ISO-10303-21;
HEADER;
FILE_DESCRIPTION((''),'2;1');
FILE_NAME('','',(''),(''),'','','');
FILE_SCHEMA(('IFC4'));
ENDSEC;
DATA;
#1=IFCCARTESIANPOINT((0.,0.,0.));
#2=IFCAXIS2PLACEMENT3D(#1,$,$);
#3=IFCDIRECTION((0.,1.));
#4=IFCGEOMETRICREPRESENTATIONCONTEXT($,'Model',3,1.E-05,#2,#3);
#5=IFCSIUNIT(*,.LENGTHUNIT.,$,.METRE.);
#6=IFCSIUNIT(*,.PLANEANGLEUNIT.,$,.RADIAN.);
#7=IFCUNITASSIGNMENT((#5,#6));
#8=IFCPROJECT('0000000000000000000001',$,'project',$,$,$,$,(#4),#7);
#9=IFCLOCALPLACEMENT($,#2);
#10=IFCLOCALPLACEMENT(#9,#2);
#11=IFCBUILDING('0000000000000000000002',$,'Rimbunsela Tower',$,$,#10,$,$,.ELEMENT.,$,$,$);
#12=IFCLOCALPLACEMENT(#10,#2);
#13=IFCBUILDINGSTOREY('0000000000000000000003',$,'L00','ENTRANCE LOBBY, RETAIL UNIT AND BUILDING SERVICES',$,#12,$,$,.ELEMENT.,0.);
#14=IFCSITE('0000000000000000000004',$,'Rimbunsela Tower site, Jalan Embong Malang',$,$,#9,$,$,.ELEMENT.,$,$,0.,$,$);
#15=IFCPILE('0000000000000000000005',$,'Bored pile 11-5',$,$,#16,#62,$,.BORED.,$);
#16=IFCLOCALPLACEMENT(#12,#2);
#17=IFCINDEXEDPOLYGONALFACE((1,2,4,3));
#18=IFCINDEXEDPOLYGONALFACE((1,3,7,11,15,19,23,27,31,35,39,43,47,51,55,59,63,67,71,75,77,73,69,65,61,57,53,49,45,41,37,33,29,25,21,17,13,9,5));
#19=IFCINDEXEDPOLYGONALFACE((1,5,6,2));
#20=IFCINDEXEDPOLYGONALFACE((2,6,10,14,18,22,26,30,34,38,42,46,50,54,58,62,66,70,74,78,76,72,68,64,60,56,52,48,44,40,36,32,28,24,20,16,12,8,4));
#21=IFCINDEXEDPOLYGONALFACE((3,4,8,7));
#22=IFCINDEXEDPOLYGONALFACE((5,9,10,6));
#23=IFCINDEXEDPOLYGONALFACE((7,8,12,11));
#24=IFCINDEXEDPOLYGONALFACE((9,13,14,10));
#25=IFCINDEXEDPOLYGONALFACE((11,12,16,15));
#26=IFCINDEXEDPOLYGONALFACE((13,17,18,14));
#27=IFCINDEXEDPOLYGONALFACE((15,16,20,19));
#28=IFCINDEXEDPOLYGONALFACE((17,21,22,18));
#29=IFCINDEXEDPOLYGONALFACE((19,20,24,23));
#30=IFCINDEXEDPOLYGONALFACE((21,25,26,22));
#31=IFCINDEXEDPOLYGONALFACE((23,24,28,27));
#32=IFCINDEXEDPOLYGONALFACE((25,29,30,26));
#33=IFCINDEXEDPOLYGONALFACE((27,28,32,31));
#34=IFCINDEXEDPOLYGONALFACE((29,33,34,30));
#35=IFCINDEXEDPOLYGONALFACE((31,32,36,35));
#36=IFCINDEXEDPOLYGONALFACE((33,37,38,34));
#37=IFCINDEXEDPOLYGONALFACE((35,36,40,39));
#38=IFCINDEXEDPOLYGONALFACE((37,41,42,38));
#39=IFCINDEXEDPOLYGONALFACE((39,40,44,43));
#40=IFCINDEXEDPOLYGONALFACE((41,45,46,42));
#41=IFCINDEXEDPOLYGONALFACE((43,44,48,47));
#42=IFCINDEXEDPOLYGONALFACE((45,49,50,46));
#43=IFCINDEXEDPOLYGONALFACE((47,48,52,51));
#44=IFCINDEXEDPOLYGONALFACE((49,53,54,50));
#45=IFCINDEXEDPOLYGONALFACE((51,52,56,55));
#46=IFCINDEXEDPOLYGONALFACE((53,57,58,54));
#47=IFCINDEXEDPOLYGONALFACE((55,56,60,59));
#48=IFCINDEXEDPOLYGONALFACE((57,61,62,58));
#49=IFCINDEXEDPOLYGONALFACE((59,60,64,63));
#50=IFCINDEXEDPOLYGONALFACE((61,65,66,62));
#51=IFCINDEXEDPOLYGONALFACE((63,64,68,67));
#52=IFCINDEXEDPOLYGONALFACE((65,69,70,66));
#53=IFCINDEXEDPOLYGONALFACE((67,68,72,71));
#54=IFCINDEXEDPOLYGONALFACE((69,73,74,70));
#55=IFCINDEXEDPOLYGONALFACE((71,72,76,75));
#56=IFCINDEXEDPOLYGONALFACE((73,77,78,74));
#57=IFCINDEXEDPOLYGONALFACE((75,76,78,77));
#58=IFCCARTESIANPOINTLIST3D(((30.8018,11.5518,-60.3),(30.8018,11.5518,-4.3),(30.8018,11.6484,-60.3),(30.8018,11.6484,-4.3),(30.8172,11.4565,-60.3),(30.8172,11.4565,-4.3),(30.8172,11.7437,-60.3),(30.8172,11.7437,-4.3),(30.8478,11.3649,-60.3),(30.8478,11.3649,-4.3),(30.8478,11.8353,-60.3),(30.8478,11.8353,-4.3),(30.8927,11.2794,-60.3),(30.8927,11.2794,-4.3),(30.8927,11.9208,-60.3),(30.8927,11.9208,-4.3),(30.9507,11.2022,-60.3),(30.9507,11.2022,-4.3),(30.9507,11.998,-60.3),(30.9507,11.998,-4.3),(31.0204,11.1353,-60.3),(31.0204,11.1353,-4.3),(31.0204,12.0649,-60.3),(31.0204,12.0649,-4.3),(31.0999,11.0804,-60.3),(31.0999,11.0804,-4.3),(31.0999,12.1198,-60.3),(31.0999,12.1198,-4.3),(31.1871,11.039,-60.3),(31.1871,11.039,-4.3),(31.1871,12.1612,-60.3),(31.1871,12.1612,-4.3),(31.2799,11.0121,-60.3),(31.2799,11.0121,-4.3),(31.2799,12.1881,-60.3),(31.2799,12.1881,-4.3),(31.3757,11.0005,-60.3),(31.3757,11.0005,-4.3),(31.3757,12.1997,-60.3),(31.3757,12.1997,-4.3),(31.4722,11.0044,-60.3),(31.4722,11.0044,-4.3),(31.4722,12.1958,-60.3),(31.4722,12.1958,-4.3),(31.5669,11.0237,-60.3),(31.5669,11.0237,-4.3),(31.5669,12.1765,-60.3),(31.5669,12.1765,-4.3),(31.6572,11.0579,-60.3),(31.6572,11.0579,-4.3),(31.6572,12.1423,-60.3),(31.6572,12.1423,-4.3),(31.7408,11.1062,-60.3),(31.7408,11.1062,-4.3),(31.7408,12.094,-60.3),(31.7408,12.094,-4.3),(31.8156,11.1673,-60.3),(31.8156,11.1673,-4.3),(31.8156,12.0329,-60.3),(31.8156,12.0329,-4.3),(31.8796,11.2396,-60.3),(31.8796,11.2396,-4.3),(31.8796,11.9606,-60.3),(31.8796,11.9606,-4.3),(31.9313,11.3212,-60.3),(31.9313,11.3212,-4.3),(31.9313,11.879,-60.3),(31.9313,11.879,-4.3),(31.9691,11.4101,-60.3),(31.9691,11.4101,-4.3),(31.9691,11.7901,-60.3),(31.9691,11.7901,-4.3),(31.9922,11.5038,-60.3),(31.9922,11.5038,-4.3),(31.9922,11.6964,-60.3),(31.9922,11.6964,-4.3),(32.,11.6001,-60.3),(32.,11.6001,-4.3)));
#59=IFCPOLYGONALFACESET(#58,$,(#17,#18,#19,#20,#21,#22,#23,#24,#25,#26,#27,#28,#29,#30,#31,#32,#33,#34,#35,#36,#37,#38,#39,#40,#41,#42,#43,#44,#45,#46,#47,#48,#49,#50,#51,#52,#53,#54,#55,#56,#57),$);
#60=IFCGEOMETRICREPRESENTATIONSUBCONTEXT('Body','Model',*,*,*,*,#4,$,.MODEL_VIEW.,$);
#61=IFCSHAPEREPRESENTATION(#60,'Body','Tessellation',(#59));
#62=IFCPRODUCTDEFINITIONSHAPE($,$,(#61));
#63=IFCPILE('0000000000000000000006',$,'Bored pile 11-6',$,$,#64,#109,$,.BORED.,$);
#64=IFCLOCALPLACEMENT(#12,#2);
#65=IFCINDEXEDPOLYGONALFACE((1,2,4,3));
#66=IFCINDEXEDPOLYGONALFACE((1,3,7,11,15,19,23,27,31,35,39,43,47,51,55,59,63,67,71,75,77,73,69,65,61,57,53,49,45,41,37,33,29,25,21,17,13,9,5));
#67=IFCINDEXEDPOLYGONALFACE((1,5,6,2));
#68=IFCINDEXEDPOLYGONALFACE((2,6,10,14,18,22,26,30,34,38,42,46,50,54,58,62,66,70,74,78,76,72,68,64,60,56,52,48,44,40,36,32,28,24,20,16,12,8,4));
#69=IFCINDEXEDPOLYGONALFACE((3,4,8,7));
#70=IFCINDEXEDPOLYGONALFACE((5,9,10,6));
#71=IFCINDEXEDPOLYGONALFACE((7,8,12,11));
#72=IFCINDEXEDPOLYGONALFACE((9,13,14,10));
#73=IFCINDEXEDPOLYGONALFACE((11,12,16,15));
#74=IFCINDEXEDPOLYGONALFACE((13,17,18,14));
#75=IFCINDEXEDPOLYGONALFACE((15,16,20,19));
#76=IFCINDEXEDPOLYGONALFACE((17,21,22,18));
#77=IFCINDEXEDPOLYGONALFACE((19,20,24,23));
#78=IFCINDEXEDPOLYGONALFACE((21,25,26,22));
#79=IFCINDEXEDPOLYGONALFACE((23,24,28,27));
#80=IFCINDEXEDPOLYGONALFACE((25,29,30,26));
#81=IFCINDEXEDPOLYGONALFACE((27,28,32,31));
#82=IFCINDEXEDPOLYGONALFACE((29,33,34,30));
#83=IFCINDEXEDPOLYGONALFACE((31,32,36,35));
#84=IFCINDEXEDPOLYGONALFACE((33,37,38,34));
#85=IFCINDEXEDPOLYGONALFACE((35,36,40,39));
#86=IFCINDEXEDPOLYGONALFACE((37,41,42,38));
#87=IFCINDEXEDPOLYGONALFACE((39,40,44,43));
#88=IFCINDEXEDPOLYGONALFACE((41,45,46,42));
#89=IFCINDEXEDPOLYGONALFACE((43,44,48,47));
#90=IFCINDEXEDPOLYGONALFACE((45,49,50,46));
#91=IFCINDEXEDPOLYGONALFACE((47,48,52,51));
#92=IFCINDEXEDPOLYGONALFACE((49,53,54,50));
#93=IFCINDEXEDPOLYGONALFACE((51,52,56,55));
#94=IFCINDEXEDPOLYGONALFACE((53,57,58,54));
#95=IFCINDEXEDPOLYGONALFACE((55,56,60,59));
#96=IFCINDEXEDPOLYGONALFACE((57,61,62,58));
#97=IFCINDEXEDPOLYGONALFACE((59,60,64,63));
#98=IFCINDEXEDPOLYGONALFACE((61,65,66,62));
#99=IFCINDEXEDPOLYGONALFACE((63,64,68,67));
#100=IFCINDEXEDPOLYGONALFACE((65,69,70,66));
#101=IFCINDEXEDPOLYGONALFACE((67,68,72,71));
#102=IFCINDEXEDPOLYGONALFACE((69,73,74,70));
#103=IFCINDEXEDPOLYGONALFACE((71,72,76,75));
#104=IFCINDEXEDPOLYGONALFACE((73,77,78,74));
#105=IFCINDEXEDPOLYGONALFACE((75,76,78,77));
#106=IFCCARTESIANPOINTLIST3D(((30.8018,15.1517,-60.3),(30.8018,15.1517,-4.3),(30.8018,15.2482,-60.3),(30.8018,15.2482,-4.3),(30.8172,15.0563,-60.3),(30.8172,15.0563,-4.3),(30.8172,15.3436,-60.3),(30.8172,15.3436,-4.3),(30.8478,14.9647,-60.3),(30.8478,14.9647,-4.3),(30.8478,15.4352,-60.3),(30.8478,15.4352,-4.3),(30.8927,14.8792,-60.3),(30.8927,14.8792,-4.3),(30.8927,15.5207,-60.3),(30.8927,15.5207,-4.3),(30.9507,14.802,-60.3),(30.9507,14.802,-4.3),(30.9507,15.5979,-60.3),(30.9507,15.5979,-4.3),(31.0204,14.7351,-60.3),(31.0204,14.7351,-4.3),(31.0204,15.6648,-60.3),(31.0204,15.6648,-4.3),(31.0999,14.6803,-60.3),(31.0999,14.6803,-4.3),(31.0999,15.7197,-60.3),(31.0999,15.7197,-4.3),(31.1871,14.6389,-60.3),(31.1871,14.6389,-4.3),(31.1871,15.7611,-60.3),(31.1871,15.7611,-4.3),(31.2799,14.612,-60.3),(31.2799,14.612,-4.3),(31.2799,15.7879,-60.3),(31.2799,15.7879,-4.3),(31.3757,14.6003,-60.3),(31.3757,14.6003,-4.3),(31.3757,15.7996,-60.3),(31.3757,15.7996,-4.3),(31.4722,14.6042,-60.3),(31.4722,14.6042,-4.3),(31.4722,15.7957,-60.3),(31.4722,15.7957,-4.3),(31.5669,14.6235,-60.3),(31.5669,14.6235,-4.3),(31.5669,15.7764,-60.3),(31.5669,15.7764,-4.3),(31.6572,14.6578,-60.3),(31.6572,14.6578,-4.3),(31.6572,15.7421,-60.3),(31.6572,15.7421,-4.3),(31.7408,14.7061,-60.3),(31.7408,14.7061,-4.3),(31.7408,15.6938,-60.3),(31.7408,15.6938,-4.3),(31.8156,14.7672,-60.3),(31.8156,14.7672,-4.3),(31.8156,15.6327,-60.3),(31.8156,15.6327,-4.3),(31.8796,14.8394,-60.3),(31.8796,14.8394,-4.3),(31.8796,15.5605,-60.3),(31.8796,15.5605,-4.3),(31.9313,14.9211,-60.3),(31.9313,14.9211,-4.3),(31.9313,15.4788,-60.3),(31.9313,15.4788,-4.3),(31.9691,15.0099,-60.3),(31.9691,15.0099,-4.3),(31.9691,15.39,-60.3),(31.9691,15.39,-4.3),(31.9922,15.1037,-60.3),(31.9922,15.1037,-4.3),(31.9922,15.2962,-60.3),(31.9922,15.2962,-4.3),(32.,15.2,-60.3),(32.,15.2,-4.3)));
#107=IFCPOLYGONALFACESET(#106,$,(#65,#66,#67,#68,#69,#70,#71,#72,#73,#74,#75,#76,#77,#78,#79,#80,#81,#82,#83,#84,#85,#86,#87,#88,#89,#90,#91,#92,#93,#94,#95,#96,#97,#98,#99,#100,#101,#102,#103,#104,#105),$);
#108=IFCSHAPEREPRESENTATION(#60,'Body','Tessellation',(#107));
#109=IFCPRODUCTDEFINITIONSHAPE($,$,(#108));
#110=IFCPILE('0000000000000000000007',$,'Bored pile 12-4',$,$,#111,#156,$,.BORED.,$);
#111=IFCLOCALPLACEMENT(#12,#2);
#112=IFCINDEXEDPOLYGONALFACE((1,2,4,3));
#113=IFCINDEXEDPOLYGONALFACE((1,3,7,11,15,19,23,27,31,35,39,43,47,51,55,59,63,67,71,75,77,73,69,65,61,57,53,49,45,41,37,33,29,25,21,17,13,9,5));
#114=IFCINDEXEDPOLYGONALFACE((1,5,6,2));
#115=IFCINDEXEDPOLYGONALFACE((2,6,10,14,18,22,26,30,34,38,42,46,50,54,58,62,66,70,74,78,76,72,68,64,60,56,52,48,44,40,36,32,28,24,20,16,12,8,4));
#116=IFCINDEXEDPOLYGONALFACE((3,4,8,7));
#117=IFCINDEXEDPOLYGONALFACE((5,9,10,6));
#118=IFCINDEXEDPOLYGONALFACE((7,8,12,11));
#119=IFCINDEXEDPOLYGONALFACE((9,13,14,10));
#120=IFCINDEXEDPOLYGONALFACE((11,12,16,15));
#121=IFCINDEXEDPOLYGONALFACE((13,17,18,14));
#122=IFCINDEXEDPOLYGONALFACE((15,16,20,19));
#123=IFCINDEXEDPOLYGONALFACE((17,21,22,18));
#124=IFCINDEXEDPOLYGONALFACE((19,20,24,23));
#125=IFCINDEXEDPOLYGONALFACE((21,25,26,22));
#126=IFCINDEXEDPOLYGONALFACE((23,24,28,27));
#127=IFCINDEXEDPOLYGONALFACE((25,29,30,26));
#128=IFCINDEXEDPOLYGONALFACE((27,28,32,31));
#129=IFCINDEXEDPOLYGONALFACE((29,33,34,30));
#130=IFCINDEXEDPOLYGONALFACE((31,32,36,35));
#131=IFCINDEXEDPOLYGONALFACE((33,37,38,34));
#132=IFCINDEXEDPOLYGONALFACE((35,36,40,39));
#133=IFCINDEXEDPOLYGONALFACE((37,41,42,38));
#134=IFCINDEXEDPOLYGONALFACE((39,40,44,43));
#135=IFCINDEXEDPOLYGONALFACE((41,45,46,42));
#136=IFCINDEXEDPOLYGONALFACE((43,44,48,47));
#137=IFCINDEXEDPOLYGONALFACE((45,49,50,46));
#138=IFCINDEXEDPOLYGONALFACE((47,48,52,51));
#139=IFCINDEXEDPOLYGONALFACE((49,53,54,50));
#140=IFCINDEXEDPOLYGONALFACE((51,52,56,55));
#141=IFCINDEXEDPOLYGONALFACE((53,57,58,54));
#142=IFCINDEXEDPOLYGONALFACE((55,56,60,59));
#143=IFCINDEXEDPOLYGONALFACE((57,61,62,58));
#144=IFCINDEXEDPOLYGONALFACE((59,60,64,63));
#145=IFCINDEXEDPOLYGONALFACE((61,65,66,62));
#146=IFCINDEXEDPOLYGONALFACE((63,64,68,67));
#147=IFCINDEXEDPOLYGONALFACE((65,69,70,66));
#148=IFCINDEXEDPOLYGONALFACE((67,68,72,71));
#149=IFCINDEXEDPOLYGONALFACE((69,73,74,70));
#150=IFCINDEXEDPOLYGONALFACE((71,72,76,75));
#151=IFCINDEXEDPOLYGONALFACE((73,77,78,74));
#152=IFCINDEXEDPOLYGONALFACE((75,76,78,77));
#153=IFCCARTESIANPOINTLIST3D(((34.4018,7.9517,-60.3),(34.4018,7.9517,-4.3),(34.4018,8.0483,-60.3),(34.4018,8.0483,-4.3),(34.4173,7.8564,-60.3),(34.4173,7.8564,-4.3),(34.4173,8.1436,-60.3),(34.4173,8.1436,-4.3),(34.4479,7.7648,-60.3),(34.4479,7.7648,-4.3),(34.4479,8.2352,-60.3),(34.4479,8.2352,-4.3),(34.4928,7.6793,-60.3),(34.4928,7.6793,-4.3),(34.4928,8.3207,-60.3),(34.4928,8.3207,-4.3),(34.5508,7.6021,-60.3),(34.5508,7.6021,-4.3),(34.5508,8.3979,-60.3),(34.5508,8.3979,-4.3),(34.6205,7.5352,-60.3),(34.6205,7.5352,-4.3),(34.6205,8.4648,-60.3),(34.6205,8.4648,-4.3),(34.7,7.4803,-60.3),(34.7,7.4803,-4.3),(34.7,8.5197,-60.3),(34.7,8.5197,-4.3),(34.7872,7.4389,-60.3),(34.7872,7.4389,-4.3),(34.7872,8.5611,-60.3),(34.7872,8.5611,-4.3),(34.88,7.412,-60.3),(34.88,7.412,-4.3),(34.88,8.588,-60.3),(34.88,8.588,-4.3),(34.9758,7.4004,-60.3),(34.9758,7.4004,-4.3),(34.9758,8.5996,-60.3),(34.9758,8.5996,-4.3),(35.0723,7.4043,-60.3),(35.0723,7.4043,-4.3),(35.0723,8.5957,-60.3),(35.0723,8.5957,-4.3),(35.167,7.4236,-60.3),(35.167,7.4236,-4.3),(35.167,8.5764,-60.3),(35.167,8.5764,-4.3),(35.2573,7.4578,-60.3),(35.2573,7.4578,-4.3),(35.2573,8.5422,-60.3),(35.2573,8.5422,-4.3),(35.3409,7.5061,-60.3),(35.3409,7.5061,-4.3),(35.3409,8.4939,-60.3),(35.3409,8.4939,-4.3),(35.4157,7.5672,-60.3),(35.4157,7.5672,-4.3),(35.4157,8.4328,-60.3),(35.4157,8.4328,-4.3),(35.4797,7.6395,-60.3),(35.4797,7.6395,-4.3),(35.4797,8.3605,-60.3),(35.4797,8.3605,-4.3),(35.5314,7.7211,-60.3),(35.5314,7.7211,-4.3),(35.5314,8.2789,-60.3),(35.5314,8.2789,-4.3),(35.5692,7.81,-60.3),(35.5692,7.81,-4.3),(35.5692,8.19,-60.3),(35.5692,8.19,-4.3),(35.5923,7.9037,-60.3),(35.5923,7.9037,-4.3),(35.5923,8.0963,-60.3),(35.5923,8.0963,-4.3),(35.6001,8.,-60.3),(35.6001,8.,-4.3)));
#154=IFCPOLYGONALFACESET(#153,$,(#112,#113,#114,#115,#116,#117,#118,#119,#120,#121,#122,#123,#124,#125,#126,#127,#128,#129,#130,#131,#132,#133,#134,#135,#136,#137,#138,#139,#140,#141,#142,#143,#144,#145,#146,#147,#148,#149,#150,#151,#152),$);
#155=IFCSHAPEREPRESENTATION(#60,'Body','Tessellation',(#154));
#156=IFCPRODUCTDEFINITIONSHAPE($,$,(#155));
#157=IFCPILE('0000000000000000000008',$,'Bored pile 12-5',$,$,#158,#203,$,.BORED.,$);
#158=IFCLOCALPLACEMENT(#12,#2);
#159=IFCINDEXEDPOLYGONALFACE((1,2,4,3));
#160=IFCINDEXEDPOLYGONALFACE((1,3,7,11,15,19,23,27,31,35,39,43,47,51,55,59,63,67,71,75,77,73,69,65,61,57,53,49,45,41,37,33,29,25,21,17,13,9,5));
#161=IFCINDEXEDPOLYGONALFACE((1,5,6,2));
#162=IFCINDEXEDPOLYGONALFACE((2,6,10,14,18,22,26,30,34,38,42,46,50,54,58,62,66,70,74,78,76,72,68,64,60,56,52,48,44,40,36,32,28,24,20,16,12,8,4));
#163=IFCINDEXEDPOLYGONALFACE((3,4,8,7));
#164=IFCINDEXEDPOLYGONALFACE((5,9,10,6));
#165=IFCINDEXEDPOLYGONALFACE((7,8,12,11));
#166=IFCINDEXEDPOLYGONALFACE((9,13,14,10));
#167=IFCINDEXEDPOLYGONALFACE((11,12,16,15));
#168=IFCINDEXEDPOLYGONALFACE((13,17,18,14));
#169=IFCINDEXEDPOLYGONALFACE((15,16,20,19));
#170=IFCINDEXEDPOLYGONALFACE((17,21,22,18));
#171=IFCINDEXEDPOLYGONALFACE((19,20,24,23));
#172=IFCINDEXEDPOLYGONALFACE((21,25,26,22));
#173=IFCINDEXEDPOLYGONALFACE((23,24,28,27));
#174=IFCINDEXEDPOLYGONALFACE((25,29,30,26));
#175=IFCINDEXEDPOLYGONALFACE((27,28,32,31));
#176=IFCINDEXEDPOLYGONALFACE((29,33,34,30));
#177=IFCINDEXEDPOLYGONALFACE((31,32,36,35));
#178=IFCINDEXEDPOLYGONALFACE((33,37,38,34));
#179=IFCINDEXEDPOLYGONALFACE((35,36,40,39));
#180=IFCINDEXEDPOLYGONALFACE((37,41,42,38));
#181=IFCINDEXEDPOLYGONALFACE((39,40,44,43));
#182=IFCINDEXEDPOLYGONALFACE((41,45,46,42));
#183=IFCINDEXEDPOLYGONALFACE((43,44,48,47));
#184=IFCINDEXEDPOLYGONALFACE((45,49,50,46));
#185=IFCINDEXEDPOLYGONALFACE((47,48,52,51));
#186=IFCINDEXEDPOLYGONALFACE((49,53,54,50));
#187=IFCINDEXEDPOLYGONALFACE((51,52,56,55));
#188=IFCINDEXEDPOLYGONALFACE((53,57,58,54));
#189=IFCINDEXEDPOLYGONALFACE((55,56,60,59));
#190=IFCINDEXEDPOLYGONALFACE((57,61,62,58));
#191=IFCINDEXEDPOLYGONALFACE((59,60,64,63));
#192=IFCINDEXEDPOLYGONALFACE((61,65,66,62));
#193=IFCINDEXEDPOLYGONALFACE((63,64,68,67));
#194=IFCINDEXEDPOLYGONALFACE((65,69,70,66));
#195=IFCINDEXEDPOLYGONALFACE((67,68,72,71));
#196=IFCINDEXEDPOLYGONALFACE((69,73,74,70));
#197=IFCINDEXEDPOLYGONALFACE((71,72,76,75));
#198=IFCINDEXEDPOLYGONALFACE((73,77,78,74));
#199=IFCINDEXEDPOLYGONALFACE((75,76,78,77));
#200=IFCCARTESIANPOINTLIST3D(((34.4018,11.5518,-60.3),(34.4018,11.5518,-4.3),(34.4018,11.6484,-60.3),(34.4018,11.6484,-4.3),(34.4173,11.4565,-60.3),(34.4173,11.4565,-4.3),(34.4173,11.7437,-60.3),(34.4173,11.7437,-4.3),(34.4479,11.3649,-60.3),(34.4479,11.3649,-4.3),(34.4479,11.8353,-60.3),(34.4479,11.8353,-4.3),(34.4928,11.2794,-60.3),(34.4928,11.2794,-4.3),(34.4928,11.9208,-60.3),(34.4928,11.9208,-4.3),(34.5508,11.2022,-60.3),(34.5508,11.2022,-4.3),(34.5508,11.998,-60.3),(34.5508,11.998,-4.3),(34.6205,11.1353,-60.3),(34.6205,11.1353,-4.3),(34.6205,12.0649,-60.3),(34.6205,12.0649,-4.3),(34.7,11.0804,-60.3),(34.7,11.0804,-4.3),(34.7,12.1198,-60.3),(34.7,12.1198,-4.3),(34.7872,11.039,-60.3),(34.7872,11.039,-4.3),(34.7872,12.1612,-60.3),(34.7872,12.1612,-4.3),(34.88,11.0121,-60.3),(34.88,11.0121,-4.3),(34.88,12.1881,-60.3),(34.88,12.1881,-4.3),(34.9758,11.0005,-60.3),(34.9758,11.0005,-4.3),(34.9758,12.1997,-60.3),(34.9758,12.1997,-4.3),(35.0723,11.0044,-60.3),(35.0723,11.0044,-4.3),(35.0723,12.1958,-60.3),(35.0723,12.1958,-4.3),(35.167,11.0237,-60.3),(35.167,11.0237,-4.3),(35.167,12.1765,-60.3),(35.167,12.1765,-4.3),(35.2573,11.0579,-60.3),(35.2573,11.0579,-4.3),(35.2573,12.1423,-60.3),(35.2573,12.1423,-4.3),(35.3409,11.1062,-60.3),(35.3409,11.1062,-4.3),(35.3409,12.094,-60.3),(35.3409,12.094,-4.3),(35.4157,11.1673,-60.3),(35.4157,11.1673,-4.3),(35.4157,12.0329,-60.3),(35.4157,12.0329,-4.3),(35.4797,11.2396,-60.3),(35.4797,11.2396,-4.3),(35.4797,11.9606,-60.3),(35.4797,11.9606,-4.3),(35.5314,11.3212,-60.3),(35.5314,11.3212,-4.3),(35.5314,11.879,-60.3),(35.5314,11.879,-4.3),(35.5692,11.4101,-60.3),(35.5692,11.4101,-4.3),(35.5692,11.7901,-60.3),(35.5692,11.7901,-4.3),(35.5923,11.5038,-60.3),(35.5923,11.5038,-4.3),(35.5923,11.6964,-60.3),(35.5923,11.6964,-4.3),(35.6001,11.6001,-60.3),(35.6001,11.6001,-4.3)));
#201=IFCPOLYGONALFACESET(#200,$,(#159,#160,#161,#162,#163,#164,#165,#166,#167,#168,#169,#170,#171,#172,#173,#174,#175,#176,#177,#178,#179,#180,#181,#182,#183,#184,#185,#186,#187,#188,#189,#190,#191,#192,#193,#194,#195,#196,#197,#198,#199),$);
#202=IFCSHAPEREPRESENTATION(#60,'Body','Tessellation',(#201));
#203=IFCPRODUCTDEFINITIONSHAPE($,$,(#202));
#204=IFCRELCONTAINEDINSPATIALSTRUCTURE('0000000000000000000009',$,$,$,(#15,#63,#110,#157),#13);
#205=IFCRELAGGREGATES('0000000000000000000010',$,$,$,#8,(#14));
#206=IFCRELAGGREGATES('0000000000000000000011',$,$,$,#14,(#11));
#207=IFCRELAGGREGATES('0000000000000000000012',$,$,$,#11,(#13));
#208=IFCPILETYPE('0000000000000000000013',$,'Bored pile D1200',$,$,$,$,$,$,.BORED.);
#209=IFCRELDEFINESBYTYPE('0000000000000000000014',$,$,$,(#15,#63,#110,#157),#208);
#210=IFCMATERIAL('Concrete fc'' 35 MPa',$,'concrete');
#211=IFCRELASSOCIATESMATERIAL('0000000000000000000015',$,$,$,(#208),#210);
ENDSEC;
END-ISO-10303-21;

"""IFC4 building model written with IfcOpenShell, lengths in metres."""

from ifc_helpers import new_model, si_unit, direction, frame, origin, origin_2d, place, context, subcontext, project, spatial, circle, extrude, material, material_profile, profile_set, type_object, element, save


model = new_model("IFC4")

# Units and contexts
model_context = context("Model", 3, precision=1e-05, world=origin(), true_north=direction((0.0, 1.0)))
body_context = subcontext(model_context, "Body", "Model", "MODEL_VIEW")
ifc_project = project(units=[si_unit("LENGTHUNIT", "METRE"), si_unit("PLANEANGLEUNIT", "RADIAN")], contexts=[model_context])

# Site, building, storey
site_placement = place(None, origin())
site = spatial("IfcSite", under=ifc_project, at=site_placement, Name="Rimbunsela Tower site, Jalan Embong Malang", CompositionType="ELEMENT", RefElevation=0.0)
building_placement = place(site_placement, origin())
building = spatial("IfcBuilding", under=site, at=building_placement, Name="Rimbunsela Tower", CompositionType="ELEMENT")
storey_placement = place(building_placement, origin())
storey = spatial("IfcBuildingStorey", under=building, at=storey_placement, Name="L00", Description="ENTRANCE LOBBY, RETAIL UNIT AND BUILDING SERVICES", CompositionType="ELEMENT", Elevation=0.0)

# Piles
ifc_material_1 = material(Name="Concrete fc' 35 MPa", Category="concrete")
ifc_material_profile_1 = material_profile(ifc_material_1, circle(Radius=0.6001, at=origin_2d()), Name="BP D1200")
ifc_profile_set_1 = profile_set([ifc_material_profile_1], Name="Concrete fc' 35 MPa")
pile_type = type_object("IfcPileType", Name="Bored pile D1200", PredefinedType="BORED", material=ifc_profile_set_1)
for number, where, z_axis, x_axis, name in (
    (1, (31.3999, 11.6001, -4.3), (0.0, 0.0, -1.0), (1.0, 0.0, 0.0), "Bored pile 11-5"),
    (2, (31.3999, 15.2, -4.3), (0.0, 0.0, -1.0), (1.0, 0.0, 0.0), "Bored pile 11-6"),
    (3, (35.0, 8.0, -4.3), (0.0, 0.0, -1.0), (1.0, 0.0, 0.0), "Bored pile 12-4"),
    (4, (35.0, 11.6001, -4.3), (0.0, 0.0, -1.0), (1.0, 0.0, 0.0), "Bored pile 12-5"),
):
    element("IfcPile", number, at=place(storey_placement, frame(where, z_axis=z_axis, x_axis=x_axis)), inside=storey, type_object=pile_type, Name=name, PredefinedType="BORED", context=body_context, shape_type="SweptSolid", body=[
        extrude(circle(Radius=0.6001, at=origin_2d()), origin(), (0.0, 0.0, 1.0), 56.0),
    ])

save(model, "model.ifc")
